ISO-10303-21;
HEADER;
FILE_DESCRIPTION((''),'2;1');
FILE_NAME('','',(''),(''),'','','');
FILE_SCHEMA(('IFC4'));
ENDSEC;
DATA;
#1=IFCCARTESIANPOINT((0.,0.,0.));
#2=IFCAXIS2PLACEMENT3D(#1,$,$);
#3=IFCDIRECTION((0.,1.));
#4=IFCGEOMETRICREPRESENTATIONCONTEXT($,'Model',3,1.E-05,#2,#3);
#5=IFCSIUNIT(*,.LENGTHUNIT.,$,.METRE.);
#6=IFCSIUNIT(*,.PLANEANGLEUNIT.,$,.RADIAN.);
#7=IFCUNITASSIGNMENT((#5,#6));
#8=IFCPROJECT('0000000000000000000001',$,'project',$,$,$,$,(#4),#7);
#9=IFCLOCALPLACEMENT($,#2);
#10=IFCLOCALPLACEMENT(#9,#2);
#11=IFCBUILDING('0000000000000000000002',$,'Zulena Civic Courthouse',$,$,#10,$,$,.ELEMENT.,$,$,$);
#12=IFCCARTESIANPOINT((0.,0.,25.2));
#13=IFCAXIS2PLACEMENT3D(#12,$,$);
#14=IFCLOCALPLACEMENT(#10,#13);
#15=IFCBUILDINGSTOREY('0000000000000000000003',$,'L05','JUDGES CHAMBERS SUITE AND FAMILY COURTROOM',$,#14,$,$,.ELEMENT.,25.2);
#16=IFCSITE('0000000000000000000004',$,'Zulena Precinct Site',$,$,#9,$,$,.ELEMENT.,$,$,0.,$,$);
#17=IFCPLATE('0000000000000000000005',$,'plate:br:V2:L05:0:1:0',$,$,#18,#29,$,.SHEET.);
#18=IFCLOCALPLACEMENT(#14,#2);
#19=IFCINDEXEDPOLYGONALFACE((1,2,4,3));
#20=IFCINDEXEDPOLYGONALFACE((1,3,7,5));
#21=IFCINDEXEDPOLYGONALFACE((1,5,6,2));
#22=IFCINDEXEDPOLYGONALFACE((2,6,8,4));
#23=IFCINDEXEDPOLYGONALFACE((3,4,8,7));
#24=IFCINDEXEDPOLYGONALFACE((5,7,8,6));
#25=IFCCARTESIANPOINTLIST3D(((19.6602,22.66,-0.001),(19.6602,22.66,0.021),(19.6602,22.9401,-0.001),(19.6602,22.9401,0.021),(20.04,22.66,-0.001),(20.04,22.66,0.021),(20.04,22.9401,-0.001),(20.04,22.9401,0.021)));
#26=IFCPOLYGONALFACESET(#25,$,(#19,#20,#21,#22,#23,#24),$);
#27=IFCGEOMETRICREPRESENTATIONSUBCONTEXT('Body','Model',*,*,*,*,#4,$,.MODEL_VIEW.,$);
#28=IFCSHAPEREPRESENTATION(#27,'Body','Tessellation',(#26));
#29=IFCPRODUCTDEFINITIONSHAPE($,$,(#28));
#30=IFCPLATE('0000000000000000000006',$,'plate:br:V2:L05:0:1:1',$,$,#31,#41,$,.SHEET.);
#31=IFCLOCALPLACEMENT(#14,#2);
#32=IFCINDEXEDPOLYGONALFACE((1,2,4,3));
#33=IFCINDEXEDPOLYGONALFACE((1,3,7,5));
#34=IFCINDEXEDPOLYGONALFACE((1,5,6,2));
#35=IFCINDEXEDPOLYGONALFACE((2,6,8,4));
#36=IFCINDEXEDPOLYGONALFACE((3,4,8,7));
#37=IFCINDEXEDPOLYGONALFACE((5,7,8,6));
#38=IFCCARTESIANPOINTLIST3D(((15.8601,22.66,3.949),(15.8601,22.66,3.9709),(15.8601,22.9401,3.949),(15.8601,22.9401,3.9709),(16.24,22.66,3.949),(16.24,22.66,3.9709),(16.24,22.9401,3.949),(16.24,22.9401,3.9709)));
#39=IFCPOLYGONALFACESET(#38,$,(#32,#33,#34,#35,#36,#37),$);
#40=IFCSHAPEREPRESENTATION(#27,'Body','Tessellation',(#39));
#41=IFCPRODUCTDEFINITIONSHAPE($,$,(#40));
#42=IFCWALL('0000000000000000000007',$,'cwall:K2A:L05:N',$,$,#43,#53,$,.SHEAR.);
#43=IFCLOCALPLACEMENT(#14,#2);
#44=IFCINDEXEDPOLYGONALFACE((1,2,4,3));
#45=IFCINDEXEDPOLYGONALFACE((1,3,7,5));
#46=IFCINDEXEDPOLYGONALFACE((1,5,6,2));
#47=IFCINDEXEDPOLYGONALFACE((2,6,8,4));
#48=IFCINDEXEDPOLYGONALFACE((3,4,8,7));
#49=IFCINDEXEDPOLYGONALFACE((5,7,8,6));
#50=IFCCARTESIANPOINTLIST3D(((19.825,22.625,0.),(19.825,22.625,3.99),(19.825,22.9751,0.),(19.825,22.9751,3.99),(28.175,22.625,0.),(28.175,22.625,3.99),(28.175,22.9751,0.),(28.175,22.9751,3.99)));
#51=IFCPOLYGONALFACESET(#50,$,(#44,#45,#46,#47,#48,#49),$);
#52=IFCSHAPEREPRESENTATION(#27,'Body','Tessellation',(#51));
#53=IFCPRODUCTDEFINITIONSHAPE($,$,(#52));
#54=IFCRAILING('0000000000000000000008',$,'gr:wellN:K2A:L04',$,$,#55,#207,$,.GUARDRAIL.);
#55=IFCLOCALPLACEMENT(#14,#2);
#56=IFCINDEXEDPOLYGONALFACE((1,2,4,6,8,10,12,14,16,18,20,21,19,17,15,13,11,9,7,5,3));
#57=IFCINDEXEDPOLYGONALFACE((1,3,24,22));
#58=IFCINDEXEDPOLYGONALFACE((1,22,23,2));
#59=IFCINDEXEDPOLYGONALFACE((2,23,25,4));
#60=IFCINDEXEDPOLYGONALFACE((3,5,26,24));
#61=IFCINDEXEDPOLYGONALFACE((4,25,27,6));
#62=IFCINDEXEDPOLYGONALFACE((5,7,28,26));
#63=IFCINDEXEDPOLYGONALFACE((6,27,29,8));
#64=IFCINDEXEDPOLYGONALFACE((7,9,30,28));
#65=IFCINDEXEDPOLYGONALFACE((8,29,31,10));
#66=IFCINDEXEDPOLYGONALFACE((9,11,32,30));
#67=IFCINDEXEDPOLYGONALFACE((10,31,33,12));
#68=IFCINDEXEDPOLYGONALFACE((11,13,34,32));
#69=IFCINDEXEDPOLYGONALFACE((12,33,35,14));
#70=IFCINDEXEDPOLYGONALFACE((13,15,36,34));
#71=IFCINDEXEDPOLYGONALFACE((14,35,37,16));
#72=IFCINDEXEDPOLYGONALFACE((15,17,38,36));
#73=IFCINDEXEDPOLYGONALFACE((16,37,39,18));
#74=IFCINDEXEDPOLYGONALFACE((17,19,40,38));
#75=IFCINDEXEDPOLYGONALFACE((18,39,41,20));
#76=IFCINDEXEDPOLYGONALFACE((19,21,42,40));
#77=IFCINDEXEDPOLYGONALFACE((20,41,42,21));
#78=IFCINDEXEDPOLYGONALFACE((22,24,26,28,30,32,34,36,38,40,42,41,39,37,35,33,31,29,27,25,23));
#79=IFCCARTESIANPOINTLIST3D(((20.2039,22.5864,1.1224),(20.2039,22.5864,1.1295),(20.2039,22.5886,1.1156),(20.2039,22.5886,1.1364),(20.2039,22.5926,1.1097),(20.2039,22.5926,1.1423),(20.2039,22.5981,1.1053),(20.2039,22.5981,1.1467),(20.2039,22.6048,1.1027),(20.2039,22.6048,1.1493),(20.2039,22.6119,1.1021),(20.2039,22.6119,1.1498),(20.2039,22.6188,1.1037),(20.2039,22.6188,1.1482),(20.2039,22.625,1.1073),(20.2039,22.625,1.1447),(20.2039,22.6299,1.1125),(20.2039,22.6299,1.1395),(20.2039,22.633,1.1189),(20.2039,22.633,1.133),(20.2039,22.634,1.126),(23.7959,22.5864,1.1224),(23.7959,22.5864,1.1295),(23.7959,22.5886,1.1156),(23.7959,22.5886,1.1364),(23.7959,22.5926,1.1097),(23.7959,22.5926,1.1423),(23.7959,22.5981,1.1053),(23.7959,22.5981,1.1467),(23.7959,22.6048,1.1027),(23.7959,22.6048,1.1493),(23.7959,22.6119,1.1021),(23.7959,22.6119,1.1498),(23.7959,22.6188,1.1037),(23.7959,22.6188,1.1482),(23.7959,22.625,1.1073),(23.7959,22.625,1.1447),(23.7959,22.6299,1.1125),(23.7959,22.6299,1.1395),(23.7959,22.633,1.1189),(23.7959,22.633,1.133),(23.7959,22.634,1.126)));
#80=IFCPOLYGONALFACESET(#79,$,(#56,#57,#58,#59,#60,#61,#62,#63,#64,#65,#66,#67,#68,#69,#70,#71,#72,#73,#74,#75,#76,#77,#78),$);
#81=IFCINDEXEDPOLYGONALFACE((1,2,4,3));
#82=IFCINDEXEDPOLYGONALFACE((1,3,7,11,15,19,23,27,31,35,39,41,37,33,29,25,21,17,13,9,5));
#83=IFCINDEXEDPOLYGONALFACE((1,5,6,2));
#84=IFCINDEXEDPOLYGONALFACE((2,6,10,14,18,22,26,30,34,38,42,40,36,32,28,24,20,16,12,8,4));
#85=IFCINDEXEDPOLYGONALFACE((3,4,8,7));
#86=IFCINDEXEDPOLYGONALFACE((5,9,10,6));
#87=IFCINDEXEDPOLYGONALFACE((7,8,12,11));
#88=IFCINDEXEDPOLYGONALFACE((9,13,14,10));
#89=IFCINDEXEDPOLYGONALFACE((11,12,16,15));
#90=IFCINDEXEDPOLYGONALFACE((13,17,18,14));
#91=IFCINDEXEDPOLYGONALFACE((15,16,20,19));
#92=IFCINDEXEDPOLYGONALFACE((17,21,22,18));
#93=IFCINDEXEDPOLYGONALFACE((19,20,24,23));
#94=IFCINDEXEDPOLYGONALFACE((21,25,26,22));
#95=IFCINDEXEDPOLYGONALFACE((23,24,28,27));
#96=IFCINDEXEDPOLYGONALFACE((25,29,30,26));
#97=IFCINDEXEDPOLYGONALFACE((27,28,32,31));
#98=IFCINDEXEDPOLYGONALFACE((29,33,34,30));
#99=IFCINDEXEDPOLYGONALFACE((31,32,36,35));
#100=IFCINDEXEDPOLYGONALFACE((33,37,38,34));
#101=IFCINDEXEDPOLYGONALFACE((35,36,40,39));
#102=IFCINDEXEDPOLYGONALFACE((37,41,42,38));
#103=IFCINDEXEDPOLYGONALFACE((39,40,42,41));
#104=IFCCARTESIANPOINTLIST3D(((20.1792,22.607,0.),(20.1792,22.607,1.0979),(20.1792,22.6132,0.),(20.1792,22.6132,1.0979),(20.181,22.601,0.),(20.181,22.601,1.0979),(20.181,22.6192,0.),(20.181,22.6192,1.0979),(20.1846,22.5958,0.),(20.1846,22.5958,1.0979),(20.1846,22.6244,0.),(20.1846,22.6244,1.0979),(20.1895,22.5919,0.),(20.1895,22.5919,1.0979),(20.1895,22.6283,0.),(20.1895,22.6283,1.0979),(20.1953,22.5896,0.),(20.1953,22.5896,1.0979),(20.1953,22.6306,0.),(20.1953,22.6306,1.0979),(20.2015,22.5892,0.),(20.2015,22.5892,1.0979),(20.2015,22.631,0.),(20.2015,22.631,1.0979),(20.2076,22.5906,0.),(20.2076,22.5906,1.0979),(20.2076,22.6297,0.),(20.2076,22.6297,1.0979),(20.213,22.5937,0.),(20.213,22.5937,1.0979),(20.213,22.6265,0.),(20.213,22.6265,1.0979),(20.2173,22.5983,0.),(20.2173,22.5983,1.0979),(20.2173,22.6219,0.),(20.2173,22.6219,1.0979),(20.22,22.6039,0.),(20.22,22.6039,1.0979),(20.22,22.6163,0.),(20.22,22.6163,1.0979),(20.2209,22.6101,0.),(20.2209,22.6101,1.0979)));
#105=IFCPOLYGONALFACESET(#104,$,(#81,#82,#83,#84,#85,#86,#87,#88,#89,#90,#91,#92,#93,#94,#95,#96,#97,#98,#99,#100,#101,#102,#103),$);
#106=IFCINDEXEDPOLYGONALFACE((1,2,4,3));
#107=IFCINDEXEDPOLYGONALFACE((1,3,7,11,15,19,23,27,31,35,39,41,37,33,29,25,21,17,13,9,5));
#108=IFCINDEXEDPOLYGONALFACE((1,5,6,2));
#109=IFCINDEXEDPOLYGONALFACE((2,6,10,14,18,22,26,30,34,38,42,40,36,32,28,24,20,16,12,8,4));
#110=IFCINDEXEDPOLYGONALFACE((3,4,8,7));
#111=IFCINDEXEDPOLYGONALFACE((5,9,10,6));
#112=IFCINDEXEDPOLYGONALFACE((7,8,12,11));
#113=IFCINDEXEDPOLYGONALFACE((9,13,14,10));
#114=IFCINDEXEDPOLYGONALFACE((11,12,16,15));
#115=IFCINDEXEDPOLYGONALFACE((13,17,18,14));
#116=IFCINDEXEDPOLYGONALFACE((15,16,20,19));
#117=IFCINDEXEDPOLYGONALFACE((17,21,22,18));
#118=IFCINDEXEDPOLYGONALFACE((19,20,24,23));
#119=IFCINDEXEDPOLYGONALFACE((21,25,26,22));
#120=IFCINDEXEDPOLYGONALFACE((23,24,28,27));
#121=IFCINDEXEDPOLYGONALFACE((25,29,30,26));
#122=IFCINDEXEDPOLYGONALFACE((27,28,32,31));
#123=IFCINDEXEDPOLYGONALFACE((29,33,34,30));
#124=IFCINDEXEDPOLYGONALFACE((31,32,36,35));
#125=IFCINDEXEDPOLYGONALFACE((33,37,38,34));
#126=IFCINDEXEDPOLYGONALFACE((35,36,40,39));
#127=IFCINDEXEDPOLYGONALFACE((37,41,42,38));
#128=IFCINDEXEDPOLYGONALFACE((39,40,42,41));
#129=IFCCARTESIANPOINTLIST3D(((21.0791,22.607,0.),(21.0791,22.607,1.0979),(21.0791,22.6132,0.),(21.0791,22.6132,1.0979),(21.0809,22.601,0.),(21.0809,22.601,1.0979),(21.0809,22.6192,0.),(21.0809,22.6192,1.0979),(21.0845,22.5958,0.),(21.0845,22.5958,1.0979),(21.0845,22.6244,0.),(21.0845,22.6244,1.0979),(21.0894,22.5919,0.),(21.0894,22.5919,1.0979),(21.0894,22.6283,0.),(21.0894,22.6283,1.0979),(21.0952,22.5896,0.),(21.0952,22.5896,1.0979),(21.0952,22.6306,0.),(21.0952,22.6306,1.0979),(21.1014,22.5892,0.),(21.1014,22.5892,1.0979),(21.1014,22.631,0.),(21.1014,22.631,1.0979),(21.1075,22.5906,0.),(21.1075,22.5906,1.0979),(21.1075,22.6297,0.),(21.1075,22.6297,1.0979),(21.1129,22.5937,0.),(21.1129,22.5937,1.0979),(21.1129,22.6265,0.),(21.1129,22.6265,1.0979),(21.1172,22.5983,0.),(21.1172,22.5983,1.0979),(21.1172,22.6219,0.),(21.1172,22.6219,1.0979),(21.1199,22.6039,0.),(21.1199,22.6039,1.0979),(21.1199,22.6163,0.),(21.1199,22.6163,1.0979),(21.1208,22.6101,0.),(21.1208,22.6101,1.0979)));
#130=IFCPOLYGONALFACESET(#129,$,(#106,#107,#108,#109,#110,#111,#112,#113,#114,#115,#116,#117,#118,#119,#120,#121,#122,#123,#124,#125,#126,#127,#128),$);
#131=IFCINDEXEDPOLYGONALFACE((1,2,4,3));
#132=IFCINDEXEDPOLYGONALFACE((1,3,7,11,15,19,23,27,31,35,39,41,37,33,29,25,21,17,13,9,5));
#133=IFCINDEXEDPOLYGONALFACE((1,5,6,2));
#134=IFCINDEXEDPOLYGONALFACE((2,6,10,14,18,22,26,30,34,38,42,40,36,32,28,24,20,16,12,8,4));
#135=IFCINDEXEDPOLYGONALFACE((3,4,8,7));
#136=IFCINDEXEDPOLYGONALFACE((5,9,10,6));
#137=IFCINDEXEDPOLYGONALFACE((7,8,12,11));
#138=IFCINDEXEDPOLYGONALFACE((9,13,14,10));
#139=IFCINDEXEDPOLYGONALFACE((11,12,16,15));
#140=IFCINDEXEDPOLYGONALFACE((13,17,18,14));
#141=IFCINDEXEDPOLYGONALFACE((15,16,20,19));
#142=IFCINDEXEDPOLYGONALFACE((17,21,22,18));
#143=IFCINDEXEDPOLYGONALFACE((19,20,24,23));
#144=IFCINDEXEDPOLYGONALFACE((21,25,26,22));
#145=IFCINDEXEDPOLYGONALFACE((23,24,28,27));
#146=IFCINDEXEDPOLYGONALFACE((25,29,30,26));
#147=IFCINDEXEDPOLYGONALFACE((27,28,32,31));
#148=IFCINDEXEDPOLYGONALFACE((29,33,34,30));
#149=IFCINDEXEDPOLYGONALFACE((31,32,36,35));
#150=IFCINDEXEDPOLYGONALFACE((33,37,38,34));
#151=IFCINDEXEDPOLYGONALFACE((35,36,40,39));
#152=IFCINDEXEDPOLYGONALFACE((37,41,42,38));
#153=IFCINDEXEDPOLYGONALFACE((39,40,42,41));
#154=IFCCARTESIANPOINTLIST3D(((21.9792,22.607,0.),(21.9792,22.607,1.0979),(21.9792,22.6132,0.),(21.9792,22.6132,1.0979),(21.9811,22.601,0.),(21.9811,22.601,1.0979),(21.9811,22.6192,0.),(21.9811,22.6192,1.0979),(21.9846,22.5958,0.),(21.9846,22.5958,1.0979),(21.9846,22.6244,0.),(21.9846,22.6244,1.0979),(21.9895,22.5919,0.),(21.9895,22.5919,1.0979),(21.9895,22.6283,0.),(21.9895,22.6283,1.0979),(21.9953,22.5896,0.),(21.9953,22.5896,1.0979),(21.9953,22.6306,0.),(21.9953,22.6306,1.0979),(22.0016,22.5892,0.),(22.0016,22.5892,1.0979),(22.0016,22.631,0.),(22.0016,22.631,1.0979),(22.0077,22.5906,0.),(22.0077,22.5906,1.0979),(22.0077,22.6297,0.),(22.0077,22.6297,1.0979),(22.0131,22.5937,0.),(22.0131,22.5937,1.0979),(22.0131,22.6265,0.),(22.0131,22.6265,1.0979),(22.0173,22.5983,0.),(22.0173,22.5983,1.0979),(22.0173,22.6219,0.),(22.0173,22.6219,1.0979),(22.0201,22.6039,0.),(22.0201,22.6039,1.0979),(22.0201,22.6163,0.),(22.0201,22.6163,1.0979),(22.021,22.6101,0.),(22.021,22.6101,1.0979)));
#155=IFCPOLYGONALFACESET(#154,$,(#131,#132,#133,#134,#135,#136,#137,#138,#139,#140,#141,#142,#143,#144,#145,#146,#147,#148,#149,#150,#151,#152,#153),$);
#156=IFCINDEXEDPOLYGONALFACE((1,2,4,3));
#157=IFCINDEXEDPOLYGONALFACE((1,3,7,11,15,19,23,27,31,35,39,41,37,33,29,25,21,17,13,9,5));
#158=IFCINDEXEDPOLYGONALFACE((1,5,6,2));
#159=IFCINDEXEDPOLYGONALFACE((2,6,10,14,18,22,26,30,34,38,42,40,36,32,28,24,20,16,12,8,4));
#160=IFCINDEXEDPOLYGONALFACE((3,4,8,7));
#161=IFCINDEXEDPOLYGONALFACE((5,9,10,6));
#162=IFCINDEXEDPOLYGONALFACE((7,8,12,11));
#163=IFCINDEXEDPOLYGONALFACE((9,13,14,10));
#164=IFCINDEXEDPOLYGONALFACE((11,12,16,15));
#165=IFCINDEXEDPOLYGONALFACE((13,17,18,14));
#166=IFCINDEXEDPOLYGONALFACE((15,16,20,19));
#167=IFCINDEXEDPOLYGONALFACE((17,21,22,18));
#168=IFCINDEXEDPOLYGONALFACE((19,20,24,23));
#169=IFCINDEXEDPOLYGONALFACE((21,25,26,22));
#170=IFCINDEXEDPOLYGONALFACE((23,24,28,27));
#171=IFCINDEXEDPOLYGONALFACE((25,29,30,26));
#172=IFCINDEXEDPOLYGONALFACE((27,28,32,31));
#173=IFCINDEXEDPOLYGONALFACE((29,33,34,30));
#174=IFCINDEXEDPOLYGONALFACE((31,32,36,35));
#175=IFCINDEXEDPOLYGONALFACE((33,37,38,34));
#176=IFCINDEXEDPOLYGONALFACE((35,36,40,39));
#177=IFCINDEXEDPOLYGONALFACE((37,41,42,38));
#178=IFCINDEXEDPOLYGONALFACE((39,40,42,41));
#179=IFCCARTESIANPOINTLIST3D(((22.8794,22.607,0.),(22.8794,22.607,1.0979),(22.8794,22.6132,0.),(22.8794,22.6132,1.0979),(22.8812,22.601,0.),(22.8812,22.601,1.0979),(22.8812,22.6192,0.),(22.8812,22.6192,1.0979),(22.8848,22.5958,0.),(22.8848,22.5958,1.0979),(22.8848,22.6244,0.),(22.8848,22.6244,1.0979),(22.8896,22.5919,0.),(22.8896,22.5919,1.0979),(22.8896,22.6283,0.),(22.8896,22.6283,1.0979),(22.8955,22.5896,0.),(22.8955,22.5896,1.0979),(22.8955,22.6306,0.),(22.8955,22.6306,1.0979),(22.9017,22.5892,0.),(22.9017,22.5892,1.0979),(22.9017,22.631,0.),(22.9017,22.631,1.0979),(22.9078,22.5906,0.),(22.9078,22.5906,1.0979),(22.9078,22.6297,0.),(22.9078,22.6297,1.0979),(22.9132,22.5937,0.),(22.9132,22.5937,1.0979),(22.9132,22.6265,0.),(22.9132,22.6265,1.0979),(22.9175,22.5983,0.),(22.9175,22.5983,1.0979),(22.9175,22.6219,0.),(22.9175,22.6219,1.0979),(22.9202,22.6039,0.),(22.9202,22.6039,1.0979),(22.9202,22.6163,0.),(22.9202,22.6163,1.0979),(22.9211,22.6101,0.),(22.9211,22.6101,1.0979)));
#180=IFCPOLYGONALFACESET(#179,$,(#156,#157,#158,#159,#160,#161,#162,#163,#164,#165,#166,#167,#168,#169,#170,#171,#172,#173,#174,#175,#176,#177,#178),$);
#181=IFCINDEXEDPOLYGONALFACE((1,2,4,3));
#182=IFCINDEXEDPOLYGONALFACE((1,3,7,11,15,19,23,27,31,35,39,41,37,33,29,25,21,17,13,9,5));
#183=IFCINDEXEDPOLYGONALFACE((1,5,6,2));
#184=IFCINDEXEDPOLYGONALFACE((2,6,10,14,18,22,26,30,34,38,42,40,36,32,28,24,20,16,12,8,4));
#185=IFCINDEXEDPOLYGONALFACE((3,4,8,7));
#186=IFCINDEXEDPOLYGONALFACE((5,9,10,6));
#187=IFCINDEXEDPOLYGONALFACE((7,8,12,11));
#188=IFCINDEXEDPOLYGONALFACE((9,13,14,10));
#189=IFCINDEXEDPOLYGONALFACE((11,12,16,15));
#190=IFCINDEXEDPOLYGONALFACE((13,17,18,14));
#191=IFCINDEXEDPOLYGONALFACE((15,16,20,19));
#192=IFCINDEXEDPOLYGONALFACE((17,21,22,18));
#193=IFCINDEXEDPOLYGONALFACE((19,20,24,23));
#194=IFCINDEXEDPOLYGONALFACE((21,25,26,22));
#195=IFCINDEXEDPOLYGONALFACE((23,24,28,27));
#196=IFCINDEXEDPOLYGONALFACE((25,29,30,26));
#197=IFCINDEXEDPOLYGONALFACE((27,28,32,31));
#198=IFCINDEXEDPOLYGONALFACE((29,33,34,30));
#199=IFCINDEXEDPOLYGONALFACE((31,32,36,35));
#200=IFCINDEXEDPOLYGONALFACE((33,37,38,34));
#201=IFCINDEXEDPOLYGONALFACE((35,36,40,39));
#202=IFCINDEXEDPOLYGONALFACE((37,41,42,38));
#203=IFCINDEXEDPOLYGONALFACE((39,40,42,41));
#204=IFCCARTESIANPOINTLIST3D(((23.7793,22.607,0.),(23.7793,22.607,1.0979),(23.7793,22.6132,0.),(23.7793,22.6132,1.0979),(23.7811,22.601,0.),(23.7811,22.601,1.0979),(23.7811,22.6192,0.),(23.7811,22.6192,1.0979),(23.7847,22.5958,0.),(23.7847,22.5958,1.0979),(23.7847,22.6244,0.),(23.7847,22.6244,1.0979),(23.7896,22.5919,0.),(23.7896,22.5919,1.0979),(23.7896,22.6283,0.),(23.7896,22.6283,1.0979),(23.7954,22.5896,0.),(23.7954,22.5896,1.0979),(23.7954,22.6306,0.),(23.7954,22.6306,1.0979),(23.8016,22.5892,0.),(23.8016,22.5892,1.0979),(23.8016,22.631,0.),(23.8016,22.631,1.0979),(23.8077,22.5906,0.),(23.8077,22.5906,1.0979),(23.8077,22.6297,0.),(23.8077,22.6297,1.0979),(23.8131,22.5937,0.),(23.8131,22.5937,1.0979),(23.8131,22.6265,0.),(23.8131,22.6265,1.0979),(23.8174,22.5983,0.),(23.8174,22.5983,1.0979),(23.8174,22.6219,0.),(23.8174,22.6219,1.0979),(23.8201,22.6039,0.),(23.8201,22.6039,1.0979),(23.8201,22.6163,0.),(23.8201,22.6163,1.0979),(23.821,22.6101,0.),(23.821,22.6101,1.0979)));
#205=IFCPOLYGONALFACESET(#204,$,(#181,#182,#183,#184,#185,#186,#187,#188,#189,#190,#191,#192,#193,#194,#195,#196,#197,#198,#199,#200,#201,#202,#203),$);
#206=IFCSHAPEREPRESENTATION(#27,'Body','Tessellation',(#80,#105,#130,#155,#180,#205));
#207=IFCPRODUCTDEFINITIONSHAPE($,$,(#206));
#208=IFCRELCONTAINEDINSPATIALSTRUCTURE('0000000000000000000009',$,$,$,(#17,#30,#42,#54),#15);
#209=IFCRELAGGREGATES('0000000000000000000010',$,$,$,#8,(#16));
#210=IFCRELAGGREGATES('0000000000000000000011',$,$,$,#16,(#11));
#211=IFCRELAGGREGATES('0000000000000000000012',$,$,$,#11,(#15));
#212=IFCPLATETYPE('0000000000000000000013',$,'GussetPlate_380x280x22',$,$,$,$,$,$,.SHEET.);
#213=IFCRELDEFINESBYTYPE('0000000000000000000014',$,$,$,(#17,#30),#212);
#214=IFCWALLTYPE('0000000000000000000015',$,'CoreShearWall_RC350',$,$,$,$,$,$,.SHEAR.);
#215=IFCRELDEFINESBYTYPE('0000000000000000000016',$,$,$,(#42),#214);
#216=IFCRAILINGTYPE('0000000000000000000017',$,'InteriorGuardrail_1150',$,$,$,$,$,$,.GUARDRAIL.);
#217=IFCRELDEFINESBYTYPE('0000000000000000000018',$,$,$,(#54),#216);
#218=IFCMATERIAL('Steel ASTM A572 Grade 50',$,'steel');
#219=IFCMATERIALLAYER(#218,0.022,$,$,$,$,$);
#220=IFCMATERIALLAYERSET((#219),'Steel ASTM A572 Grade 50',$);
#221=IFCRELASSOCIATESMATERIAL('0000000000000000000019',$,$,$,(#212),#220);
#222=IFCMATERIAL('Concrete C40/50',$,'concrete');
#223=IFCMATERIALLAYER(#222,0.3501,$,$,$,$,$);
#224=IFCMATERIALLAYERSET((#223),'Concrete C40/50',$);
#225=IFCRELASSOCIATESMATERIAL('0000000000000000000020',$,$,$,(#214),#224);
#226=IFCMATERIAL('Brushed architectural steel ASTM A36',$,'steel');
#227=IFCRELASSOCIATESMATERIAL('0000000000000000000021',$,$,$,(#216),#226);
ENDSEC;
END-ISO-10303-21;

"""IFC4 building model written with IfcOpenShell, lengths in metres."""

from ifc_helpers import new_model, si_unit, direction, frame, frame_2d, origin, origin_2d, place, context, subcontext, project, spatial, rectangle, circle, extrude, material, layer, layer_set, type_object, element, save


model = new_model("IFC4")

# Units and contexts
model_context = context("Model", 3, precision=1e-05, world=origin(), true_north=direction((0.0, 1.0)))
body_context = subcontext(model_context, "Body", "Model", "MODEL_VIEW")
ifc_project = project(units=[si_unit("LENGTHUNIT", "METRE"), si_unit("PLANEANGLEUNIT", "RADIAN")], contexts=[model_context])

# Site, building, storey
site_placement = place(None, origin())
site = spatial("IfcSite", under=ifc_project, at=site_placement, Name="Zulena Precinct Site", CompositionType="ELEMENT", RefElevation=0.0)
building_placement = place(site_placement, origin())
building = spatial("IfcBuilding", under=site, at=building_placement, Name="Zulena Civic Courthouse", CompositionType="ELEMENT")
storey_placement = place(building_placement, frame((0.0, 0.0, 25.2)))
storey = spatial("IfcBuildingStorey", under=building, at=storey_placement, Name="L05", Description="JUDGES CHAMBERS SUITE AND FAMILY COURTROOM", CompositionType="ELEMENT", Elevation=25.2)

# Plates
ifc_material_1 = material(Name="Steel ASTM A572 Grade 50", Category="steel")
ifc_layer_1 = layer(ifc_material_1, 0.022)
ifc_layer_set_1 = layer_set([ifc_layer_1], Name="Steel ASTM A572 Grade 50")
plate_type_1 = type_object("IfcPlateType", Name="GussetPlate_380x280x22", PredefinedType="SHEET", material=ifc_layer_set_1)
for number, where, z_axis, x_axis, name in (
    (1, (19.8501, 22.8, -0.001), (0.0, 0.0, 1.0), (1.0, 0.0, 0.0), "plate:br:V2:L05:0:1:0"),
    (2, (16.05, 22.8, 3.949), (0.0, 0.0, 1.0), (1.0, 0.0, 0.0), "plate:br:V2:L05:0:1:1"),
):
    element("IfcPlate", number, at=place(storey_placement, frame(where, z_axis=z_axis, x_axis=x_axis)), inside=storey, type_object=plate_type_1, Name=name, PredefinedType="SHEET", context=body_context, shape_type="SweptSolid", body=[
        extrude(rectangle(XDim=0.3799, YDim=0.28, at=origin_2d()), origin(), (0.0, 0.0, 1.0), 0.022),
    ])

# Wall
ifc_material_2 = material(Name="Concrete C40/50", Category="concrete")
ifc_layer_2 = layer(ifc_material_2, 0.3501)
ifc_layer_set_2 = layer_set([ifc_layer_2], Name="Concrete C40/50")
wall_type = type_object("IfcWallType", Name="CoreShearWall_RC350", PredefinedType="SHEAR", material=ifc_layer_set_2)
wall_placement = place(storey_placement, frame((19.825, 22.8, 0.0), z_axis=(0.0, 0.0, 1.0), x_axis=(1.0, 0.0, 0.0)))
element("IfcWall", 3, at=wall_placement, inside=storey, type_object=wall_type, Name="cwall:K2A:L05:N", PredefinedType="SHEAR", context=body_context, shape_type="SweptSolid", body=[
    extrude(rectangle(XDim=8.3501, YDim=0.3501, at=frame_2d((4.175, 0.0))), origin(), (0.0, 0.0, 1.0), 3.99),
])

# Railing
ifc_material_3 = material(Name="Brushed architectural steel ASTM A36", Category="steel")
railing_type = type_object("IfcRailingType", Name="InteriorGuardrail_1150", PredefinedType="GUARDRAIL", material=ifc_material_3)
railing_placement = place(storey_placement, frame((20.2, 22.6101, 0.0)))
element("IfcRailing", 4, at=railing_placement, inside=storey, type_object=railing_type, Name="gr:wellN:K2A:L04", PredefinedType="GUARDRAIL", context=body_context, shape_type="SweptSolid", body=[
    extrude(circle(Radius=0.0239, at=origin_2d()), frame((0.0039, 0.0, 1.126), z_axis=(1.0, 0.0, 0.0), x_axis=(0.0, 1.0, 0.0)), (0.0, 0.0, 1.0), 3.592),
    extrude(circle(Radius=0.021, at=origin_2d()), origin(), (0.0, 0.0, 1.0), 1.0979),
    extrude(circle(Radius=0.021, at=origin_2d()), frame((0.8999, 0.0, 0.0)), (0.0, 0.0, 1.0), 1.0979),
    extrude(circle(Radius=0.021, at=origin_2d()), frame((1.8, 0.0, 0.0)), (0.0, 0.0, 1.0), 1.0979),
    extrude(circle(Radius=0.021, at=origin_2d()), frame((2.7002, 0.0, 0.0)), (0.0, 0.0, 1.0), 1.0979),
    extrude(circle(Radius=0.021, at=origin_2d()), frame((3.6001, 0.0, 0.0)), (0.0, 0.0, 1.0), 1.0979),
])

save(model, "model.ifc")
